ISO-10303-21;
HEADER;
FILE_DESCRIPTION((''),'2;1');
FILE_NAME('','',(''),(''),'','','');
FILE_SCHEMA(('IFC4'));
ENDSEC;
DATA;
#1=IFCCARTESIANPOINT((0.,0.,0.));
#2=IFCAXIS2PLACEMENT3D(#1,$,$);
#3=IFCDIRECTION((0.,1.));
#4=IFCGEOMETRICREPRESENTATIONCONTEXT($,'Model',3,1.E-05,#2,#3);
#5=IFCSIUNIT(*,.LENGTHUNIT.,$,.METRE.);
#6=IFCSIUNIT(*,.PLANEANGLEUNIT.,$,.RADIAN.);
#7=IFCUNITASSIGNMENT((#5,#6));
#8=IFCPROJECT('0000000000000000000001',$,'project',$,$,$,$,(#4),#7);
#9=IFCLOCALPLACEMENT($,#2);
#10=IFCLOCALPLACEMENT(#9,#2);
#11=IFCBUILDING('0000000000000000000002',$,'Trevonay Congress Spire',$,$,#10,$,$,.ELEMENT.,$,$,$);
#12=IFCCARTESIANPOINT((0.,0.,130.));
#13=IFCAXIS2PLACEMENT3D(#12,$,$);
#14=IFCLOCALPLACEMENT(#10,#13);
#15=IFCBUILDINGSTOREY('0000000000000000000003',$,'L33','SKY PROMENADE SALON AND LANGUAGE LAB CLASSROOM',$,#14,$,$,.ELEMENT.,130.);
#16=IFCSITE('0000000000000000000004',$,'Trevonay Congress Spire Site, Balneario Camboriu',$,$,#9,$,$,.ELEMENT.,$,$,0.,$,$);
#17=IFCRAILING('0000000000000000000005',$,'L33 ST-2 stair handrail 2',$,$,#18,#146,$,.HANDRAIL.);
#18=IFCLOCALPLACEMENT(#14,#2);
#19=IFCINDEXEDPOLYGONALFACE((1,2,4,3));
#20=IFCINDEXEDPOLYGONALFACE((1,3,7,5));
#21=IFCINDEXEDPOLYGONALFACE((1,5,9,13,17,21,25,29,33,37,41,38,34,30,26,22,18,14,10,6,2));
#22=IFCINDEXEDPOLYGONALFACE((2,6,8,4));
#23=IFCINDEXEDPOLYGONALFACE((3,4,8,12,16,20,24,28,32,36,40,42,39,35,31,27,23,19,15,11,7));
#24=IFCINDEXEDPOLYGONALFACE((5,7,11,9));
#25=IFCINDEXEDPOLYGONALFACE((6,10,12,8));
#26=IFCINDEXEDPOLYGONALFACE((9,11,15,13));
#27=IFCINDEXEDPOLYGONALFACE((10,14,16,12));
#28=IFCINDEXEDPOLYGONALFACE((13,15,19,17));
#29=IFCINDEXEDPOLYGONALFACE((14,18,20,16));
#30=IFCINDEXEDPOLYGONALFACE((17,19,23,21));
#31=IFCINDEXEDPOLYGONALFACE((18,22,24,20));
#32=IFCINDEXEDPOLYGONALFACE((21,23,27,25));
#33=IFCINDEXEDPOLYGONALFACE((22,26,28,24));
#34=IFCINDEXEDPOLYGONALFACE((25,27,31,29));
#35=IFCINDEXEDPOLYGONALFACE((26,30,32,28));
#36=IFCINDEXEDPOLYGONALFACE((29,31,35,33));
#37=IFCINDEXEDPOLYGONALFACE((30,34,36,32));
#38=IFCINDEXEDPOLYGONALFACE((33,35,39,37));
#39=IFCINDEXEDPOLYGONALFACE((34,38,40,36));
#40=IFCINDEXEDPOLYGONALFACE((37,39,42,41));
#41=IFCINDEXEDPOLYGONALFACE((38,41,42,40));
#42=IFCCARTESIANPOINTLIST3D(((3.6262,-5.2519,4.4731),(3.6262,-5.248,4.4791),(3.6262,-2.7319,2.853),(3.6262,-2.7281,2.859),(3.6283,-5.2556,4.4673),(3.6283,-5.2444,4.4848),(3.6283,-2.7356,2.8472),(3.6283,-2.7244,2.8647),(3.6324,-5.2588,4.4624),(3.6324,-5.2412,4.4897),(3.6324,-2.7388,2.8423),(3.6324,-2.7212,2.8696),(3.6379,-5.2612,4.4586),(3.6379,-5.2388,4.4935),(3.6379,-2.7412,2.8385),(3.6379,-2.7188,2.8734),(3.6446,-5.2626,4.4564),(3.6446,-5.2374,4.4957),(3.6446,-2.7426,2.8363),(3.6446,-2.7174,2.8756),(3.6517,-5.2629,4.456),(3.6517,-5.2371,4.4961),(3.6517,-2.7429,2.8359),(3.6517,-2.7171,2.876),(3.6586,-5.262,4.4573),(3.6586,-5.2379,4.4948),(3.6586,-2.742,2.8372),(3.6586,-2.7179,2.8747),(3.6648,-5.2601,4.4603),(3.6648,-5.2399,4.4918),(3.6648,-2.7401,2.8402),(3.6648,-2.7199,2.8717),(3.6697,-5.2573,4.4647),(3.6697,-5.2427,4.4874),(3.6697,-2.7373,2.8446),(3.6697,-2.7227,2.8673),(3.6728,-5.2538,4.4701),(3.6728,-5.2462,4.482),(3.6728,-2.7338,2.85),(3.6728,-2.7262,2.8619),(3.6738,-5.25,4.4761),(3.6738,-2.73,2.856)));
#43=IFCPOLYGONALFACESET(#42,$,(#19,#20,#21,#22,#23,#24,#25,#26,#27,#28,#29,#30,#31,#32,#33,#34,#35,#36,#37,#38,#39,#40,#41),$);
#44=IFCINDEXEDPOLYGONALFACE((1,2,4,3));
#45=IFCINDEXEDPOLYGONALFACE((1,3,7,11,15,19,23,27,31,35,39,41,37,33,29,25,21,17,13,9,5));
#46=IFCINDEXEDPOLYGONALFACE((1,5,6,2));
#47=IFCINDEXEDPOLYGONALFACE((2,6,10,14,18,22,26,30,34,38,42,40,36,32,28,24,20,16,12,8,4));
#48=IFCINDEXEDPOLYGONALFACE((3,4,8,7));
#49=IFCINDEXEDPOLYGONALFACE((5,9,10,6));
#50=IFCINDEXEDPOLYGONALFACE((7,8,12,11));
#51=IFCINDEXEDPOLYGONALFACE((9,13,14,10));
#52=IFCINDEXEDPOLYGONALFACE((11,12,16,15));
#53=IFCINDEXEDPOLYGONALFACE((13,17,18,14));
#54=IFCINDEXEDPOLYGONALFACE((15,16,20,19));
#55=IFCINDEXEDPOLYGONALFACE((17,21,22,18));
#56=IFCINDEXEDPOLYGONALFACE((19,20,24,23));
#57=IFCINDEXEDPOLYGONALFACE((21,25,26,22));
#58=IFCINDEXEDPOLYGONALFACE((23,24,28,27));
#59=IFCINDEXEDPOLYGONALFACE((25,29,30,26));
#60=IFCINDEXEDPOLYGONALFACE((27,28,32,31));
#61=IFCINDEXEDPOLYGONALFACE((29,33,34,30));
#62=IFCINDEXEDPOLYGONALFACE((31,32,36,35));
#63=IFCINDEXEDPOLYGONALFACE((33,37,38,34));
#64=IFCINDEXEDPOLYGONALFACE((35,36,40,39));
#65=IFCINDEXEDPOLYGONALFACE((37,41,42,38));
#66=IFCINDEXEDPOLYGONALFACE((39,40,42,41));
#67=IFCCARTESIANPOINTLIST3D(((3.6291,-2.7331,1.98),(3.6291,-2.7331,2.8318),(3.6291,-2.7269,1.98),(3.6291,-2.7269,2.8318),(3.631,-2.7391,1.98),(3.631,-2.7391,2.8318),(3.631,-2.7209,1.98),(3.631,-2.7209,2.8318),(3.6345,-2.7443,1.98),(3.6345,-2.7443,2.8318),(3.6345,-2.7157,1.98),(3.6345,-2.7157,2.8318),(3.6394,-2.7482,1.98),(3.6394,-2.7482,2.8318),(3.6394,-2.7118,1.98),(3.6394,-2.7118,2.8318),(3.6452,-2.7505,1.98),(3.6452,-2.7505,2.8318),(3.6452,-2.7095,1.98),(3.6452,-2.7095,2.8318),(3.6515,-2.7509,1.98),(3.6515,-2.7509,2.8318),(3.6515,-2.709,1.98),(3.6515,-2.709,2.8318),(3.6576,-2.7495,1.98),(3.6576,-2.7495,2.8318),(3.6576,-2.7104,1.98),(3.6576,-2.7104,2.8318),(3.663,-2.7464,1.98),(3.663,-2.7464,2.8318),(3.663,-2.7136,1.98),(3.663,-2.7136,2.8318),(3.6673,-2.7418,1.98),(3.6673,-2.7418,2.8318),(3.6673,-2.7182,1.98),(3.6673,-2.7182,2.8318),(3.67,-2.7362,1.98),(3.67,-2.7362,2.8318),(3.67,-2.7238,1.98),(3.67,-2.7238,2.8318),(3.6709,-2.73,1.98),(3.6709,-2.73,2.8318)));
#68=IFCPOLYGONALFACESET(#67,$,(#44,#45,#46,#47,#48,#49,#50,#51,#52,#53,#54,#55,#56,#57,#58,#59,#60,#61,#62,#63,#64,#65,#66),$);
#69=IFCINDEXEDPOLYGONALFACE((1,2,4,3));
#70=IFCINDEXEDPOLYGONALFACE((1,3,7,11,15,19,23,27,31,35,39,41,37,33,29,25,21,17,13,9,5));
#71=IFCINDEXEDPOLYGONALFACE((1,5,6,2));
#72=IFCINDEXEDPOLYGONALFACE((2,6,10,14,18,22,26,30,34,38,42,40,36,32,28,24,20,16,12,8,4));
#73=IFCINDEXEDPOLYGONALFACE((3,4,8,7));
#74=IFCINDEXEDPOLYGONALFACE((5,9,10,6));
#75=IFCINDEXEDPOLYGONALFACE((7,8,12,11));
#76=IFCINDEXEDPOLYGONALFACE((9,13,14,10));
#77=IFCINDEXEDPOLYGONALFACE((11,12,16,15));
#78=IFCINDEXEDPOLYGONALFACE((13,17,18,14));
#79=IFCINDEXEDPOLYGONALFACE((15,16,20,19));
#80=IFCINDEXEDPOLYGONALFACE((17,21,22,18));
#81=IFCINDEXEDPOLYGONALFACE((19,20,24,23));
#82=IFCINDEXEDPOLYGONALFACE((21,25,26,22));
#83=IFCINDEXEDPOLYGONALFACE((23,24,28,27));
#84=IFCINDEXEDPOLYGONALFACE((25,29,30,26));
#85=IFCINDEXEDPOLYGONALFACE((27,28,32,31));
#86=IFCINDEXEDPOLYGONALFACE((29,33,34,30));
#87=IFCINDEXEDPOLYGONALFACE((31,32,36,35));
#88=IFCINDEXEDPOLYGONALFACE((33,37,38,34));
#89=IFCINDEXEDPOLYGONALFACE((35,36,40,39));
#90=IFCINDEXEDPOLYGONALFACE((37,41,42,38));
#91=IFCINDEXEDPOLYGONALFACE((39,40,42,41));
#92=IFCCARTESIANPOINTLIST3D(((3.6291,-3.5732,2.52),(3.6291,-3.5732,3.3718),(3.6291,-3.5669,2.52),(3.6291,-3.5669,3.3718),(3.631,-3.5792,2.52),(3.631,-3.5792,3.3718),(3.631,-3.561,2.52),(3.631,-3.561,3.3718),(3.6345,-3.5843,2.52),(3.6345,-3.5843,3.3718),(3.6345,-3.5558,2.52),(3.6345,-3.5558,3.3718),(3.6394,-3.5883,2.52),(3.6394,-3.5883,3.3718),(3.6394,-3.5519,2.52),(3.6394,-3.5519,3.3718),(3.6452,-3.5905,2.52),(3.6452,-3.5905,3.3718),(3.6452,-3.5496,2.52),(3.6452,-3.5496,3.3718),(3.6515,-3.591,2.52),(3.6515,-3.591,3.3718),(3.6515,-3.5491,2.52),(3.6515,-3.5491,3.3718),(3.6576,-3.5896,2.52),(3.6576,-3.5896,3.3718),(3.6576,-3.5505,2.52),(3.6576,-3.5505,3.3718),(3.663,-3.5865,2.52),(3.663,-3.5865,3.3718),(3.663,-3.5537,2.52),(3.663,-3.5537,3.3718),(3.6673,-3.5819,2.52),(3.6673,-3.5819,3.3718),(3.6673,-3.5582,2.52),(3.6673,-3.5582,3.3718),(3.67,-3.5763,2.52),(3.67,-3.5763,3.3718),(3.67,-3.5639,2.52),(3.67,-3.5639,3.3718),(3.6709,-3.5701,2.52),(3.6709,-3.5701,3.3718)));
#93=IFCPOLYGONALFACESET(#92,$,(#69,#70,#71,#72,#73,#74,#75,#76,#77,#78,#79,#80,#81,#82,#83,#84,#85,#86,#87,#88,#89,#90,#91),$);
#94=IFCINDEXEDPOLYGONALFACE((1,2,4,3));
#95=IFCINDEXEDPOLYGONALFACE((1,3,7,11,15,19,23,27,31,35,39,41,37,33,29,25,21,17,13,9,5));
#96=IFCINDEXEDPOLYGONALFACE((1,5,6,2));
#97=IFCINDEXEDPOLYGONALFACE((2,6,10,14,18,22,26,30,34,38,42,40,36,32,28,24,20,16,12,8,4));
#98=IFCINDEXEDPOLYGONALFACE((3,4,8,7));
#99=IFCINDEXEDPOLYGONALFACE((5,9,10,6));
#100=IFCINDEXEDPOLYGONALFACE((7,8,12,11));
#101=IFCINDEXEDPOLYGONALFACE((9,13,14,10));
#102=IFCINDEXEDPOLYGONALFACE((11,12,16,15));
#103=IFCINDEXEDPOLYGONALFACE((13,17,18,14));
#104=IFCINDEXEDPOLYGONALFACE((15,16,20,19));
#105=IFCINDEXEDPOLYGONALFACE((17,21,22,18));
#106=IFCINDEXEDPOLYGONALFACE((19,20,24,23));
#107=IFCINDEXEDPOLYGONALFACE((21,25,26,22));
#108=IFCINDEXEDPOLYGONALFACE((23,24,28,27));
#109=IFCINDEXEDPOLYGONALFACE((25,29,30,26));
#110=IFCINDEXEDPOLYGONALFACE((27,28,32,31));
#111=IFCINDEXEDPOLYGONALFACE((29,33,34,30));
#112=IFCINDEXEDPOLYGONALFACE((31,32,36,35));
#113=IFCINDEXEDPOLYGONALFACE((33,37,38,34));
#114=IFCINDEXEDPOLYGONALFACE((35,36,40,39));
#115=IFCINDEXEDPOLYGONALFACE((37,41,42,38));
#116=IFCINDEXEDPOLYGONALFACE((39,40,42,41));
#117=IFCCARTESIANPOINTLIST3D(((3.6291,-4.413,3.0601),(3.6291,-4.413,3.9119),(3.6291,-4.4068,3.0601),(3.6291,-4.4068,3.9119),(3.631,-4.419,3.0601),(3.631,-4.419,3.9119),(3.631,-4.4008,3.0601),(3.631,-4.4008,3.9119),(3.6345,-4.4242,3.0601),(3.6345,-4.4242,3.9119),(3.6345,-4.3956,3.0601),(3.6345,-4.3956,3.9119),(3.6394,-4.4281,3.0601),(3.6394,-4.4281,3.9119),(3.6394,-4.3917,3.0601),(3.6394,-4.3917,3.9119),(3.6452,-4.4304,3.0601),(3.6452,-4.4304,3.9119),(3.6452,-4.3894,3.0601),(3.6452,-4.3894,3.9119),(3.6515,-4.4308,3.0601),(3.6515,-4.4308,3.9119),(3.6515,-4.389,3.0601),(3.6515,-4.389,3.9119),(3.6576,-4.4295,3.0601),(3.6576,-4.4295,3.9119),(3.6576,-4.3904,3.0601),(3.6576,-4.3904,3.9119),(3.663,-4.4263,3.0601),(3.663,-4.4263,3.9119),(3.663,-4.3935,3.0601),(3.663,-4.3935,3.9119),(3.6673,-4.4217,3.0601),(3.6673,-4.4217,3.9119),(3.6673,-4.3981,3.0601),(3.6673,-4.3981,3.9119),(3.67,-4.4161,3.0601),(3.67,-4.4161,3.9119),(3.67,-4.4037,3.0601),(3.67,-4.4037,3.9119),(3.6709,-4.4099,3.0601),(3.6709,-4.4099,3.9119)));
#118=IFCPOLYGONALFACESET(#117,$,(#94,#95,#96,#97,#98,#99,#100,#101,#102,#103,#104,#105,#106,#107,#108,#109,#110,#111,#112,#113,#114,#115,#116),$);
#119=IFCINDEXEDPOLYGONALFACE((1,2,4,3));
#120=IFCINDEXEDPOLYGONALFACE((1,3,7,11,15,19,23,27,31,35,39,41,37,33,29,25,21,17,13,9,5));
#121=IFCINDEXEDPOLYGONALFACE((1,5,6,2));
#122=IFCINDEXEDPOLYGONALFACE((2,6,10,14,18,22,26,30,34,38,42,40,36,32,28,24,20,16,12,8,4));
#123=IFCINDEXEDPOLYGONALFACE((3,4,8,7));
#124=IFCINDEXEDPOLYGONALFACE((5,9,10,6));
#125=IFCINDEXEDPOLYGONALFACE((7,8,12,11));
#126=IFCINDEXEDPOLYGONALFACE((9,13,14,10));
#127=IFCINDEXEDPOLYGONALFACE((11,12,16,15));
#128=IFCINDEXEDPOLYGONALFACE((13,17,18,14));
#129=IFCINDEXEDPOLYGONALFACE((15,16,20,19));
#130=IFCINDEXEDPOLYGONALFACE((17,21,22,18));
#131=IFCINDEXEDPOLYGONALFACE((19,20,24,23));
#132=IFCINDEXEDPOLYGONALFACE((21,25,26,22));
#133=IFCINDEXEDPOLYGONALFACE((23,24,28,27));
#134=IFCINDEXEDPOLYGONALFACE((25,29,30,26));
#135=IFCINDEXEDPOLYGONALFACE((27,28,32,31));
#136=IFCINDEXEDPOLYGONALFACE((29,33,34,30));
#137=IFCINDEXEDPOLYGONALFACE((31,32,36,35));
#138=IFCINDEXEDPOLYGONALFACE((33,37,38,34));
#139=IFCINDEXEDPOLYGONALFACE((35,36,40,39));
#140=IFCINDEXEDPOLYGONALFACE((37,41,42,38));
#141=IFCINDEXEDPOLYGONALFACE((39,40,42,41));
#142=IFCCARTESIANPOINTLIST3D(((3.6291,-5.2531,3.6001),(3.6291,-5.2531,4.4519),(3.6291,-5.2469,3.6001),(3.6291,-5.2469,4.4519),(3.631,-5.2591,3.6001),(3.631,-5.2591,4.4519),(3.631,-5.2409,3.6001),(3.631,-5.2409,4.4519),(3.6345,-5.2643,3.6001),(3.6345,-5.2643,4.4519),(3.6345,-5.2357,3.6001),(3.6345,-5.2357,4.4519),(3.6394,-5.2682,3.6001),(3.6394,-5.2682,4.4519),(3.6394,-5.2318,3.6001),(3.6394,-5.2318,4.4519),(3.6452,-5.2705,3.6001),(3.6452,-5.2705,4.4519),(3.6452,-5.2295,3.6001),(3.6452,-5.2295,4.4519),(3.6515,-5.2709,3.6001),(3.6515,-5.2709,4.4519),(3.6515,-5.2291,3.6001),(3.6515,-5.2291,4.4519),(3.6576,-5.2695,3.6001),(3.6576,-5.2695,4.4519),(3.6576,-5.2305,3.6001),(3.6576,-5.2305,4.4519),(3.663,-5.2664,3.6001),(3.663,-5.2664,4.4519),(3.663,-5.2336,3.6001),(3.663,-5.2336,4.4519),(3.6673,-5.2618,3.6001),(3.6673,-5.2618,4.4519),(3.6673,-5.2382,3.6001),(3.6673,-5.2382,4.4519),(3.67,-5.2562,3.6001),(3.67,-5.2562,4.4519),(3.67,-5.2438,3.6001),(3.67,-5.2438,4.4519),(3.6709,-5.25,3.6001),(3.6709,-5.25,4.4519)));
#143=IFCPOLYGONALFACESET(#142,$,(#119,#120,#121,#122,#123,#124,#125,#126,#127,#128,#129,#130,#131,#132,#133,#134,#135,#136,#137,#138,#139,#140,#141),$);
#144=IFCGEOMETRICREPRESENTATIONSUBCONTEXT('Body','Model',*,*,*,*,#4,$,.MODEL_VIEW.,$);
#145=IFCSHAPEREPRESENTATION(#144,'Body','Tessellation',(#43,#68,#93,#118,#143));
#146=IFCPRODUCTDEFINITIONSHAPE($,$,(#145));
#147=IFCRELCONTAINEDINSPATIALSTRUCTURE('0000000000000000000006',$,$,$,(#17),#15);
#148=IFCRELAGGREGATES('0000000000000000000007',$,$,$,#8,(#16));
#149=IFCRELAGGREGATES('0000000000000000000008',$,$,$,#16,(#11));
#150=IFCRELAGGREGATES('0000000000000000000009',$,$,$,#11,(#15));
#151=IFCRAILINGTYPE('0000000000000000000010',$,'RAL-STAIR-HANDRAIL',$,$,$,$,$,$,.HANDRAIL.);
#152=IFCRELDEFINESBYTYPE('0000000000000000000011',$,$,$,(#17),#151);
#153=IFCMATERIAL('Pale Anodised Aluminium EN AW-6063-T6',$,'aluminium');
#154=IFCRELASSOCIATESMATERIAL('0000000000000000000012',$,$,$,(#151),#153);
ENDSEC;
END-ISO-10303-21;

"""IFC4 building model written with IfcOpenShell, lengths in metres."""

from ifc_helpers import new_model, si_unit, direction, frame, origin, origin_2d, place, context, subcontext, project, spatial, circle, extrude, material, type_object, element, save


model = new_model("IFC4")

# Units and contexts
model_context = context("Model", 3, precision=1e-05, world=origin(), true_north=direction((0.0, 1.0)))
body_context = subcontext(model_context, "Body", "Model", "MODEL_VIEW")
ifc_project = project(units=[si_unit("LENGTHUNIT", "METRE"), si_unit("PLANEANGLEUNIT", "RADIAN")], contexts=[model_context])

# Site, building, storey
site_placement = place(None, origin())
site = spatial("IfcSite", under=ifc_project, at=site_placement, Name="Trevonay Congress Spire Site, Balneario Camboriu", CompositionType="ELEMENT", RefElevation=0.0)
building_placement = place(site_placement, origin())
building = spatial("IfcBuilding", under=site, at=building_placement, Name="Trevonay Congress Spire", CompositionType="ELEMENT")
storey_placement = place(building_placement, frame((0.0, 0.0, 130.0)))
storey = spatial("IfcBuildingStorey", under=building, at=storey_placement, Name="L33", Description="SKY PROMENADE SALON AND LANGUAGE LAB CLASSROOM", CompositionType="ELEMENT", Elevation=130.0)

# Shared definitions
ifc_material_1 = material(Name="Pale Anodised Aluminium EN AW-6063-T6", Category="aluminium")

# Railing
railing_type_1 = type_object("IfcRailingType", Name="RAL-STAIR-HANDRAIL", PredefinedType="HANDRAIL", material=ifc_material_1)
railing_1_placement = place(storey_placement, frame((3.6499, -2.73, 1.98)))
element("IfcRailing", 1, at=railing_1_placement, inside=storey, type_object=railing_type_1, Name="L33 ST-2 stair handrail 2", PredefinedType="HANDRAIL", context=body_context, shape_type="SweptSolid", body=[
    extrude(circle(Radius=0.0239, at=origin_2d()), frame((0.0, 0.0, 0.876), z_axis=(0.0, -0.841163, 0.540782), x_axis=(1.0, 0.0, 0.0)), (0.0, 0.0, 1.0), 2.9958),
    extrude(circle(Radius=0.021, at=origin_2d()), origin(), (0.0, 0.0, 1.0), 0.8518),
    extrude(circle(Radius=0.021, at=origin_2d()), frame((0.0, -0.8401, 0.54)), (0.0, 0.0, 1.0), 0.8518),
    extrude(circle(Radius=0.021, at=origin_2d()), frame((0.0, -1.6799, 1.0801)), (0.0, 0.0, 1.0), 0.8518),
    extrude(circle(Radius=0.021, at=origin_2d()), frame((0.0, -2.52, 1.6201)), (0.0, 0.0, 1.0), 0.8518),
])

save(model, "model.ifc")
